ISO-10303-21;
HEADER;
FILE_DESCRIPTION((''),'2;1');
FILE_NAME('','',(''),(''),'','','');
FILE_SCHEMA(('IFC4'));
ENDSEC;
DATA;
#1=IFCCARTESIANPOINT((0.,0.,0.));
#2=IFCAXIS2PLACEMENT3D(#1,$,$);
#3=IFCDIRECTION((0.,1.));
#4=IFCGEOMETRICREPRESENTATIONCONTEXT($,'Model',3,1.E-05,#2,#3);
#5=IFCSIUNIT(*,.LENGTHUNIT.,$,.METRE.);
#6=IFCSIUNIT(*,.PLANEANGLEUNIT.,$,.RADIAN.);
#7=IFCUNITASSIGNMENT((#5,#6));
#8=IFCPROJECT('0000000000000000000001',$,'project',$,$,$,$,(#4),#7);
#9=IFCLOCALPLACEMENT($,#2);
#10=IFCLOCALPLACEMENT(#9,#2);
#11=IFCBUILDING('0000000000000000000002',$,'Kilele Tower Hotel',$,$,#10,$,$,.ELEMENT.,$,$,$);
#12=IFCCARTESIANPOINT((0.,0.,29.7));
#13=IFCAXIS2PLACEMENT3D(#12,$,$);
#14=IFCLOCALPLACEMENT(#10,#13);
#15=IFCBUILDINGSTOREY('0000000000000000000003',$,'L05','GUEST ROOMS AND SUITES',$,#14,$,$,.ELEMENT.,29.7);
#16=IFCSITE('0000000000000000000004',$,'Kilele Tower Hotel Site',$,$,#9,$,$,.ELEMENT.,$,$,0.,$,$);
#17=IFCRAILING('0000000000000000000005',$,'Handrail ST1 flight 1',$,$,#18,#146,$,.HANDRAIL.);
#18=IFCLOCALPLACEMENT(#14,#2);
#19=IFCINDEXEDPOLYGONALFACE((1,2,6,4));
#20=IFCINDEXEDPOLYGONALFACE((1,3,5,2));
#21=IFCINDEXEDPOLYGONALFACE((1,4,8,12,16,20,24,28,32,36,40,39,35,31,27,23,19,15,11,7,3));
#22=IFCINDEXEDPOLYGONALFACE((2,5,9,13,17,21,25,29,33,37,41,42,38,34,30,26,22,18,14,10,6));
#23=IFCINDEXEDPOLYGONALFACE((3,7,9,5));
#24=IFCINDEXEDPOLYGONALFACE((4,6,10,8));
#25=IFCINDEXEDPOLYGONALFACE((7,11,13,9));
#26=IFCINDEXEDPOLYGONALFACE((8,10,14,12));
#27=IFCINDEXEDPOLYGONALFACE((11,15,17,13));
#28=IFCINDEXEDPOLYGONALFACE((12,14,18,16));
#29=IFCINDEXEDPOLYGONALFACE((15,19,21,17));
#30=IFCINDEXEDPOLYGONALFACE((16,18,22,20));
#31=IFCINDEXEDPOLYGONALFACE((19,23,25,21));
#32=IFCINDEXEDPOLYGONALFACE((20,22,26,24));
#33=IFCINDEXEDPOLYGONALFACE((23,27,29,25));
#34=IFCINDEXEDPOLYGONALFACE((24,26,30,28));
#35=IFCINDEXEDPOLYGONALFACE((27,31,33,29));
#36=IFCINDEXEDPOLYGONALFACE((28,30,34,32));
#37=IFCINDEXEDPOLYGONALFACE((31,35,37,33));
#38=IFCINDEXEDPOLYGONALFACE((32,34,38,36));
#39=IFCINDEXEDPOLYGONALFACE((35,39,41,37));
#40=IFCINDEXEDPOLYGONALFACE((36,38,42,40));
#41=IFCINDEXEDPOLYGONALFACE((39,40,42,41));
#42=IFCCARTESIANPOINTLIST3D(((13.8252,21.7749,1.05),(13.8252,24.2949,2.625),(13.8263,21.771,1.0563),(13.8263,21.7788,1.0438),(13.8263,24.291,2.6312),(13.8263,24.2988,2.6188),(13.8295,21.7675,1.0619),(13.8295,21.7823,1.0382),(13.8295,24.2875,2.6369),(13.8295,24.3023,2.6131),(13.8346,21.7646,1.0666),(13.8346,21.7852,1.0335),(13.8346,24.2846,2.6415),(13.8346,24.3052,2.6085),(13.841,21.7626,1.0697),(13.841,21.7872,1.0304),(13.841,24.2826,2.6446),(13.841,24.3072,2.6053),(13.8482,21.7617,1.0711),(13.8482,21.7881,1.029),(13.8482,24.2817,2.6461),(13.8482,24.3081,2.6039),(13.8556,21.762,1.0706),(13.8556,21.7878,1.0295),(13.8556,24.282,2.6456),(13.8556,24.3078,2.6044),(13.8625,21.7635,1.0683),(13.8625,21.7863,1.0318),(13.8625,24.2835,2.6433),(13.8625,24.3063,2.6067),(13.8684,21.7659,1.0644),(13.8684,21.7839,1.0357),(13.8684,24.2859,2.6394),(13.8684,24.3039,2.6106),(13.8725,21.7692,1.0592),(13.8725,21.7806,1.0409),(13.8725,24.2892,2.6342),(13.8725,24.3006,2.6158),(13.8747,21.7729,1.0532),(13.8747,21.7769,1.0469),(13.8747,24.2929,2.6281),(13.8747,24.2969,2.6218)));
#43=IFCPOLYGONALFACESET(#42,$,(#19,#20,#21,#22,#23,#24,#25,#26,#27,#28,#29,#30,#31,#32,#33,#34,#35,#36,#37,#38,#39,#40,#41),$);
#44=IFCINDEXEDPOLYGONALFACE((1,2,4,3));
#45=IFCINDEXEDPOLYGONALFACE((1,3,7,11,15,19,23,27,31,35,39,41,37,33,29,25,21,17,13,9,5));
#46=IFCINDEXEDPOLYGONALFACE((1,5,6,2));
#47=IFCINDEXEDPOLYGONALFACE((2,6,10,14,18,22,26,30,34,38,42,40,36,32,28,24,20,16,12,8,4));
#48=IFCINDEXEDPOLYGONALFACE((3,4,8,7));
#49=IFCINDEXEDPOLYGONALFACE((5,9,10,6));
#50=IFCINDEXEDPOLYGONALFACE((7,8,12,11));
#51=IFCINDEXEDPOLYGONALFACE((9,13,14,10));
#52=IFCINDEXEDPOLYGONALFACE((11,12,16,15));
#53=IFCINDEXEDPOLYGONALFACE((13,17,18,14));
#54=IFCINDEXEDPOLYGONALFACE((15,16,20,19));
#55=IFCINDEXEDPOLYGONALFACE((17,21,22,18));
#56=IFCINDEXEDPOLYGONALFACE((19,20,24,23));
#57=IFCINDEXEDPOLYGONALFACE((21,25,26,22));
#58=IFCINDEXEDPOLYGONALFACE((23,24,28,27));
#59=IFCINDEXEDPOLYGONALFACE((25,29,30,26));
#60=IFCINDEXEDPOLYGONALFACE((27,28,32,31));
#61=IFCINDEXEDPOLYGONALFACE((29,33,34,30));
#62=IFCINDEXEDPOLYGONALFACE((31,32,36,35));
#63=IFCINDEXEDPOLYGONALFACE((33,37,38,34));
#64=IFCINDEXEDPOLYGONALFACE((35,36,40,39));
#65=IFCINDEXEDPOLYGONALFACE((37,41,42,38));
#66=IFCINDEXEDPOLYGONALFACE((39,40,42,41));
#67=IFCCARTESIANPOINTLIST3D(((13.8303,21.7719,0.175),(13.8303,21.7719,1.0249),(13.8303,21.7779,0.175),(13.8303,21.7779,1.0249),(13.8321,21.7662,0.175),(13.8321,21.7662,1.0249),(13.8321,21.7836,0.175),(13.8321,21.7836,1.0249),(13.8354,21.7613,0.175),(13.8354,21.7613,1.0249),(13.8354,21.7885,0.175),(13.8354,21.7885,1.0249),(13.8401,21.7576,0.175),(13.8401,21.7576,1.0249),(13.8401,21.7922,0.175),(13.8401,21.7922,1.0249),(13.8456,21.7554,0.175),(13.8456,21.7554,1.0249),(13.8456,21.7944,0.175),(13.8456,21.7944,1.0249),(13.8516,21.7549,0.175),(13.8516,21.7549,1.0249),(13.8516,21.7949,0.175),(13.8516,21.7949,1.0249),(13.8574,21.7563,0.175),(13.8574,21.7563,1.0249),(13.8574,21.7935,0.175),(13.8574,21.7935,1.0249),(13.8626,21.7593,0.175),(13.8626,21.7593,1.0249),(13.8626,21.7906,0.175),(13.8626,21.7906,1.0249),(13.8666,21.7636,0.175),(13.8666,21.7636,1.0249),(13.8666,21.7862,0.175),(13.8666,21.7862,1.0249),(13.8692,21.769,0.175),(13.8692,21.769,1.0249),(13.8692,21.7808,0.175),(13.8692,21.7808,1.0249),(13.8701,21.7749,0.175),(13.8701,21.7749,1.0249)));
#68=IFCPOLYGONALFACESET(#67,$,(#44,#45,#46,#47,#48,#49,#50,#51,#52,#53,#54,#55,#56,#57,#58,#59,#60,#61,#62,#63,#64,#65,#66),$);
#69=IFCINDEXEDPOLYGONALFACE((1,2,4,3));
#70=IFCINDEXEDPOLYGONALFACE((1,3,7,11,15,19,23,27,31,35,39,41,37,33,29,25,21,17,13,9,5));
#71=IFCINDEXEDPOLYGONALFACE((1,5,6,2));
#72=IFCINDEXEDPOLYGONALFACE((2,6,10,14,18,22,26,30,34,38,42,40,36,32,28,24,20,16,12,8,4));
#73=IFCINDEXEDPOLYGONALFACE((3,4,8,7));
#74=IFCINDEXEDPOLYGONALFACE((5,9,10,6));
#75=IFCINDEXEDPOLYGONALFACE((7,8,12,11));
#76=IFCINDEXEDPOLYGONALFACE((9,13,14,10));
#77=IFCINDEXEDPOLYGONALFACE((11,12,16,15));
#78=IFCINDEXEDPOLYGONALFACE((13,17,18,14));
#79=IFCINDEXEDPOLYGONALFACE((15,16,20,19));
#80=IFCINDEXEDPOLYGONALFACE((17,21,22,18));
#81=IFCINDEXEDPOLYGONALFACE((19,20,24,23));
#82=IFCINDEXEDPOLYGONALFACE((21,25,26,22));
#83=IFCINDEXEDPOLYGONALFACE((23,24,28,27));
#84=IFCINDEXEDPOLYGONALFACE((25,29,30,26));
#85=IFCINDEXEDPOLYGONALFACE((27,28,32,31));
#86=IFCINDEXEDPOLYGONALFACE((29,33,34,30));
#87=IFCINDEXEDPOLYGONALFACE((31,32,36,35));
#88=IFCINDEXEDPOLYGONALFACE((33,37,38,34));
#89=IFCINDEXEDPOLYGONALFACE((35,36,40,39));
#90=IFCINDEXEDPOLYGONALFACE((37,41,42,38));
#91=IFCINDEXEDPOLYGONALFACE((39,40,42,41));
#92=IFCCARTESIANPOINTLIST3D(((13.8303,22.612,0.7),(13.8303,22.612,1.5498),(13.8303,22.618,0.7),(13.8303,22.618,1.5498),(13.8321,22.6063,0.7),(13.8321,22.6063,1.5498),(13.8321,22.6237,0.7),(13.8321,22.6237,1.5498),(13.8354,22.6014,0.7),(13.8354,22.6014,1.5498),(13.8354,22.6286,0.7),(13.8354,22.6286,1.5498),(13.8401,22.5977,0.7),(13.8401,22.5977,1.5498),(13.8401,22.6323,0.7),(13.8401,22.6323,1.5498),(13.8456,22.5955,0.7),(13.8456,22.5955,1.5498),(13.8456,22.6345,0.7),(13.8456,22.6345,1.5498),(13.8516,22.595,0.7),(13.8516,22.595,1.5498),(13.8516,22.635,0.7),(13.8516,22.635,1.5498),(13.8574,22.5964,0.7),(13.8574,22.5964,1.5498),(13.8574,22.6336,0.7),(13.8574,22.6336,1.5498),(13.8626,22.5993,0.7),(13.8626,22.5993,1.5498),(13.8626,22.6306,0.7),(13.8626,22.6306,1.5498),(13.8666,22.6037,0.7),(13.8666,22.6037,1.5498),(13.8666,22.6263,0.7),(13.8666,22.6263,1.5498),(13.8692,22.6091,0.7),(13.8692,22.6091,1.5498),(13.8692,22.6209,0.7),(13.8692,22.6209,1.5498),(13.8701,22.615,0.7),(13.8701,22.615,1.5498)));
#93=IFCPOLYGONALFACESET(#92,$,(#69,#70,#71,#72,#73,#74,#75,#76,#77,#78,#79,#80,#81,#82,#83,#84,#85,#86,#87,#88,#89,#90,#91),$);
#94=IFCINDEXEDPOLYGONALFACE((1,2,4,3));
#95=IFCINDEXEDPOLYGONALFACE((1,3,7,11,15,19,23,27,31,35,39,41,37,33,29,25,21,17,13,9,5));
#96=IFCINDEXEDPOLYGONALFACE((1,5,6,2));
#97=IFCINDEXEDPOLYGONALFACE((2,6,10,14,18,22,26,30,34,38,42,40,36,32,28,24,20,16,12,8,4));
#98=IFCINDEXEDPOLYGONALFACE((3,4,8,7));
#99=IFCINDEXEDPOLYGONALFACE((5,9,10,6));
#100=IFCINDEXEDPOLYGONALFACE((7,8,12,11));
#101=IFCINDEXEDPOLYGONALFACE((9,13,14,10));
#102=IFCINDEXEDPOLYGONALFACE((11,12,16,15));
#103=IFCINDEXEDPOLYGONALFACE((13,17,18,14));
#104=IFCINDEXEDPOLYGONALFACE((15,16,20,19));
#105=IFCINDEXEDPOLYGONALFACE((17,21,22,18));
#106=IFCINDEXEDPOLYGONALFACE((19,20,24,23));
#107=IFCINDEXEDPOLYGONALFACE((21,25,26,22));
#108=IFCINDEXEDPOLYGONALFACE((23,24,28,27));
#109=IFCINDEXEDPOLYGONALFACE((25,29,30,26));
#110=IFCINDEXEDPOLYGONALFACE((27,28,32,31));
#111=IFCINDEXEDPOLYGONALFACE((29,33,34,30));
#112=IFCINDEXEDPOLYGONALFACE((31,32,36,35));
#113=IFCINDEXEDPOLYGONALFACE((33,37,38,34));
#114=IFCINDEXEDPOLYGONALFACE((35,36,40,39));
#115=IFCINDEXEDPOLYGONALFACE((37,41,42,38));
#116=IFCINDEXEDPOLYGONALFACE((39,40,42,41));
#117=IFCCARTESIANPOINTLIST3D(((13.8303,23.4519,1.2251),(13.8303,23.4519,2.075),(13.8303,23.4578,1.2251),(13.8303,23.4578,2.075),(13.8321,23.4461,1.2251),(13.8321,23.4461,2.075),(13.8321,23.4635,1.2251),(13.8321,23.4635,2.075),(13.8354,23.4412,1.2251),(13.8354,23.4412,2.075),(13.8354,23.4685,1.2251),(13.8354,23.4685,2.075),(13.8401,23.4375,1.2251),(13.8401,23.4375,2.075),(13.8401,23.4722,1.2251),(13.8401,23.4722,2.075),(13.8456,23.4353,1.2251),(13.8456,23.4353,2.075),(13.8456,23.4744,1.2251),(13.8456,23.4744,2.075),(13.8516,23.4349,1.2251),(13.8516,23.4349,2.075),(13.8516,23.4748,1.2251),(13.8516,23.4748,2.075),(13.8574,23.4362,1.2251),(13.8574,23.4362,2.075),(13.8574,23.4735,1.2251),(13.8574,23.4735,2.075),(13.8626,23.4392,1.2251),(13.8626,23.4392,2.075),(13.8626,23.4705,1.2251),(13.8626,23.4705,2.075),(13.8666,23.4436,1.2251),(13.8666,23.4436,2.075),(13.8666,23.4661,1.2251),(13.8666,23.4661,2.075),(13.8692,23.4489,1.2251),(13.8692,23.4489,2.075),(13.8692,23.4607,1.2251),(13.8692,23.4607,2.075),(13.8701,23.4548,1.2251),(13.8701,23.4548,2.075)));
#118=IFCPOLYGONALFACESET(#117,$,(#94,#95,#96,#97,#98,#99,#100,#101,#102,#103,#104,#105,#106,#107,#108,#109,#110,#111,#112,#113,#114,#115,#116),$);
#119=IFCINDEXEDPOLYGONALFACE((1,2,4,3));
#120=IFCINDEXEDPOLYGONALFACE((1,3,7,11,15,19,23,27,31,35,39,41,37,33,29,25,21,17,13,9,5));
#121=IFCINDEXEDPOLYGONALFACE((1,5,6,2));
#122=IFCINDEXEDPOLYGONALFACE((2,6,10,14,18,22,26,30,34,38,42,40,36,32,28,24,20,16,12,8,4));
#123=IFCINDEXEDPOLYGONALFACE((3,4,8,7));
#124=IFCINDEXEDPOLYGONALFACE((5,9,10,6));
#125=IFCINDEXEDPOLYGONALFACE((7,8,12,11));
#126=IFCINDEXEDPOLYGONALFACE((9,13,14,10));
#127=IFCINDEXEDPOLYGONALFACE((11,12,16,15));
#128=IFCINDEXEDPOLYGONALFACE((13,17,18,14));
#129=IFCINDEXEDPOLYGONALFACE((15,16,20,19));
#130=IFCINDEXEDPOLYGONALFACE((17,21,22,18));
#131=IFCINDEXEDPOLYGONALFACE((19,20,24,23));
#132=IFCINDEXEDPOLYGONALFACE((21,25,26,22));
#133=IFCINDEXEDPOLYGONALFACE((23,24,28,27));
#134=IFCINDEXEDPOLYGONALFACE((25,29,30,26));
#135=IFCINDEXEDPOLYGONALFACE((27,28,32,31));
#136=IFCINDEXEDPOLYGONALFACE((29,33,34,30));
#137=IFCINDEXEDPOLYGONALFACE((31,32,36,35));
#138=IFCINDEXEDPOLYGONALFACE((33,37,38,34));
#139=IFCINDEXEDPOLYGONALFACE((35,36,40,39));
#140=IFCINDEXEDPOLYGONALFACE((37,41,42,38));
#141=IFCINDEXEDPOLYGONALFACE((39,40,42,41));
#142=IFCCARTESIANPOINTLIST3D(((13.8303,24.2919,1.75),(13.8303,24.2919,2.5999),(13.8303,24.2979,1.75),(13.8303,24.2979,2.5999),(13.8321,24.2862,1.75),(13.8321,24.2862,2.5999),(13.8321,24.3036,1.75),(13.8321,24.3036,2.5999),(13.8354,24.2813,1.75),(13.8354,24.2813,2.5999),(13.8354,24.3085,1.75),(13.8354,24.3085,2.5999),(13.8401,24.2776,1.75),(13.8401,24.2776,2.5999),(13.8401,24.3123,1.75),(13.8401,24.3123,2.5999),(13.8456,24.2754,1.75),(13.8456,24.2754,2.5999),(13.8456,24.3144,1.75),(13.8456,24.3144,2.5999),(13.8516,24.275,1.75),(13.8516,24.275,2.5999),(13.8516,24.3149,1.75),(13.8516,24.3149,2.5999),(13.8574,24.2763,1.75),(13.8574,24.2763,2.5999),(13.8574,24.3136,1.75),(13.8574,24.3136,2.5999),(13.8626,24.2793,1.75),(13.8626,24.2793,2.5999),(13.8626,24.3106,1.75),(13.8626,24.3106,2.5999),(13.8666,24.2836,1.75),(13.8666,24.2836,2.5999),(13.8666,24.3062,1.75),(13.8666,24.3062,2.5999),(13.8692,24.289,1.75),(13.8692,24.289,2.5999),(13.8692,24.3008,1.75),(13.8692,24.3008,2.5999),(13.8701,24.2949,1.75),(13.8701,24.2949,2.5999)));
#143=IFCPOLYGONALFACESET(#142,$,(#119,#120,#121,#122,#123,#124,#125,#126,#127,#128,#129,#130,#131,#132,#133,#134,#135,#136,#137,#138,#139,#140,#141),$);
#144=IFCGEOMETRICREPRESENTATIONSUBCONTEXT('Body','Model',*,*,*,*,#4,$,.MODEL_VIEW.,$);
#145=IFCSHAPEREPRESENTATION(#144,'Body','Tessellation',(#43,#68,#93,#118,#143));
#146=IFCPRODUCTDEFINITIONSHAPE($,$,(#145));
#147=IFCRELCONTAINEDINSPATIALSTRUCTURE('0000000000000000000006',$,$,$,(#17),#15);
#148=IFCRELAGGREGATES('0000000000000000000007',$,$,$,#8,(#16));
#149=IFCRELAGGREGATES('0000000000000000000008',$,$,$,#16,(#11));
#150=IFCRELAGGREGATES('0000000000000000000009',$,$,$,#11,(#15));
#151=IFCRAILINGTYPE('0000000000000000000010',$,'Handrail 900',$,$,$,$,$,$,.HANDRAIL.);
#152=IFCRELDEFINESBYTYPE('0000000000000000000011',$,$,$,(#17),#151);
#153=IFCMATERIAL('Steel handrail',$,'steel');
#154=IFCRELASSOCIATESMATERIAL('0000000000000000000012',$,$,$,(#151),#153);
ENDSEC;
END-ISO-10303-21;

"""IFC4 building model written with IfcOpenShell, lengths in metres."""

from ifc_helpers import new_model, si_unit, direction, frame, origin, origin_2d, place, context, subcontext, project, spatial, circle, extrude, material, type_object, element, save


model = new_model("IFC4")

# Units and contexts
model_context = context("Model", 3, precision=1e-05, world=origin(), true_north=direction((0.0, 1.0)))
body_context = subcontext(model_context, "Body", "Model", "MODEL_VIEW")
ifc_project = project(units=[si_unit("LENGTHUNIT", "METRE"), si_unit("PLANEANGLEUNIT", "RADIAN")], contexts=[model_context])

# Site, building, storey
site_placement = place(None, origin())
site = spatial("IfcSite", under=ifc_project, at=site_placement, Name="Kilele Tower Hotel Site", CompositionType="ELEMENT", RefElevation=0.0)
building_placement = place(site_placement, origin())
building = spatial("IfcBuilding", under=site, at=building_placement, Name="Kilele Tower Hotel", CompositionType="ELEMENT")
storey_placement = place(building_placement, frame((0.0, 0.0, 29.7)))
storey = spatial("IfcBuildingStorey", under=building, at=storey_placement, Name="L05", Description="GUEST ROOMS AND SUITES", CompositionType="ELEMENT", Elevation=29.7)

# Railing
ifc_material_1 = material(Name="Steel handrail", Category="steel")
railing_type_1 = type_object("IfcRailingType", Name="Handrail 900", PredefinedType="HANDRAIL", material=ifc_material_1)
for number, where, name in (
    (1, (13.8501, 21.7749, 0.175), "Handrail ST1 flight 1"),
):
    element("IfcRailing", number, at=place(storey_placement, frame(where)), inside=storey, type_object=railing_type_1, Name=name, PredefinedType="HANDRAIL", context=body_context, shape_type="SweptSolid", body=[
        extrude(circle(Radius=0.0249, at=origin_2d()), frame((0.0, 0.0, 0.875), z_axis=(0.0, 0.848008, 0.529984), x_axis=(-1.0, 0.0, 0.0)), (0.0, 0.0, 1.0), 2.9717),
        extrude(circle(Radius=0.02, at=origin_2d()), origin(), (0.0, 0.0, 1.0), 0.8499),
        extrude(circle(Radius=0.02, at=origin_2d()), frame((0.0, 0.8401, 0.5249)), (0.0, 0.0, 1.0), 0.8499),
        extrude(circle(Radius=0.02, at=origin_2d()), frame((0.0, 1.6799, 1.05)), (0.0, 0.0, 1.0), 0.8499),
        extrude(circle(Radius=0.02, at=origin_2d()), frame((0.0, 2.52, 1.575)), (0.0, 0.0, 1.0), 0.8499),
    ])

save(model, "model.ifc")
